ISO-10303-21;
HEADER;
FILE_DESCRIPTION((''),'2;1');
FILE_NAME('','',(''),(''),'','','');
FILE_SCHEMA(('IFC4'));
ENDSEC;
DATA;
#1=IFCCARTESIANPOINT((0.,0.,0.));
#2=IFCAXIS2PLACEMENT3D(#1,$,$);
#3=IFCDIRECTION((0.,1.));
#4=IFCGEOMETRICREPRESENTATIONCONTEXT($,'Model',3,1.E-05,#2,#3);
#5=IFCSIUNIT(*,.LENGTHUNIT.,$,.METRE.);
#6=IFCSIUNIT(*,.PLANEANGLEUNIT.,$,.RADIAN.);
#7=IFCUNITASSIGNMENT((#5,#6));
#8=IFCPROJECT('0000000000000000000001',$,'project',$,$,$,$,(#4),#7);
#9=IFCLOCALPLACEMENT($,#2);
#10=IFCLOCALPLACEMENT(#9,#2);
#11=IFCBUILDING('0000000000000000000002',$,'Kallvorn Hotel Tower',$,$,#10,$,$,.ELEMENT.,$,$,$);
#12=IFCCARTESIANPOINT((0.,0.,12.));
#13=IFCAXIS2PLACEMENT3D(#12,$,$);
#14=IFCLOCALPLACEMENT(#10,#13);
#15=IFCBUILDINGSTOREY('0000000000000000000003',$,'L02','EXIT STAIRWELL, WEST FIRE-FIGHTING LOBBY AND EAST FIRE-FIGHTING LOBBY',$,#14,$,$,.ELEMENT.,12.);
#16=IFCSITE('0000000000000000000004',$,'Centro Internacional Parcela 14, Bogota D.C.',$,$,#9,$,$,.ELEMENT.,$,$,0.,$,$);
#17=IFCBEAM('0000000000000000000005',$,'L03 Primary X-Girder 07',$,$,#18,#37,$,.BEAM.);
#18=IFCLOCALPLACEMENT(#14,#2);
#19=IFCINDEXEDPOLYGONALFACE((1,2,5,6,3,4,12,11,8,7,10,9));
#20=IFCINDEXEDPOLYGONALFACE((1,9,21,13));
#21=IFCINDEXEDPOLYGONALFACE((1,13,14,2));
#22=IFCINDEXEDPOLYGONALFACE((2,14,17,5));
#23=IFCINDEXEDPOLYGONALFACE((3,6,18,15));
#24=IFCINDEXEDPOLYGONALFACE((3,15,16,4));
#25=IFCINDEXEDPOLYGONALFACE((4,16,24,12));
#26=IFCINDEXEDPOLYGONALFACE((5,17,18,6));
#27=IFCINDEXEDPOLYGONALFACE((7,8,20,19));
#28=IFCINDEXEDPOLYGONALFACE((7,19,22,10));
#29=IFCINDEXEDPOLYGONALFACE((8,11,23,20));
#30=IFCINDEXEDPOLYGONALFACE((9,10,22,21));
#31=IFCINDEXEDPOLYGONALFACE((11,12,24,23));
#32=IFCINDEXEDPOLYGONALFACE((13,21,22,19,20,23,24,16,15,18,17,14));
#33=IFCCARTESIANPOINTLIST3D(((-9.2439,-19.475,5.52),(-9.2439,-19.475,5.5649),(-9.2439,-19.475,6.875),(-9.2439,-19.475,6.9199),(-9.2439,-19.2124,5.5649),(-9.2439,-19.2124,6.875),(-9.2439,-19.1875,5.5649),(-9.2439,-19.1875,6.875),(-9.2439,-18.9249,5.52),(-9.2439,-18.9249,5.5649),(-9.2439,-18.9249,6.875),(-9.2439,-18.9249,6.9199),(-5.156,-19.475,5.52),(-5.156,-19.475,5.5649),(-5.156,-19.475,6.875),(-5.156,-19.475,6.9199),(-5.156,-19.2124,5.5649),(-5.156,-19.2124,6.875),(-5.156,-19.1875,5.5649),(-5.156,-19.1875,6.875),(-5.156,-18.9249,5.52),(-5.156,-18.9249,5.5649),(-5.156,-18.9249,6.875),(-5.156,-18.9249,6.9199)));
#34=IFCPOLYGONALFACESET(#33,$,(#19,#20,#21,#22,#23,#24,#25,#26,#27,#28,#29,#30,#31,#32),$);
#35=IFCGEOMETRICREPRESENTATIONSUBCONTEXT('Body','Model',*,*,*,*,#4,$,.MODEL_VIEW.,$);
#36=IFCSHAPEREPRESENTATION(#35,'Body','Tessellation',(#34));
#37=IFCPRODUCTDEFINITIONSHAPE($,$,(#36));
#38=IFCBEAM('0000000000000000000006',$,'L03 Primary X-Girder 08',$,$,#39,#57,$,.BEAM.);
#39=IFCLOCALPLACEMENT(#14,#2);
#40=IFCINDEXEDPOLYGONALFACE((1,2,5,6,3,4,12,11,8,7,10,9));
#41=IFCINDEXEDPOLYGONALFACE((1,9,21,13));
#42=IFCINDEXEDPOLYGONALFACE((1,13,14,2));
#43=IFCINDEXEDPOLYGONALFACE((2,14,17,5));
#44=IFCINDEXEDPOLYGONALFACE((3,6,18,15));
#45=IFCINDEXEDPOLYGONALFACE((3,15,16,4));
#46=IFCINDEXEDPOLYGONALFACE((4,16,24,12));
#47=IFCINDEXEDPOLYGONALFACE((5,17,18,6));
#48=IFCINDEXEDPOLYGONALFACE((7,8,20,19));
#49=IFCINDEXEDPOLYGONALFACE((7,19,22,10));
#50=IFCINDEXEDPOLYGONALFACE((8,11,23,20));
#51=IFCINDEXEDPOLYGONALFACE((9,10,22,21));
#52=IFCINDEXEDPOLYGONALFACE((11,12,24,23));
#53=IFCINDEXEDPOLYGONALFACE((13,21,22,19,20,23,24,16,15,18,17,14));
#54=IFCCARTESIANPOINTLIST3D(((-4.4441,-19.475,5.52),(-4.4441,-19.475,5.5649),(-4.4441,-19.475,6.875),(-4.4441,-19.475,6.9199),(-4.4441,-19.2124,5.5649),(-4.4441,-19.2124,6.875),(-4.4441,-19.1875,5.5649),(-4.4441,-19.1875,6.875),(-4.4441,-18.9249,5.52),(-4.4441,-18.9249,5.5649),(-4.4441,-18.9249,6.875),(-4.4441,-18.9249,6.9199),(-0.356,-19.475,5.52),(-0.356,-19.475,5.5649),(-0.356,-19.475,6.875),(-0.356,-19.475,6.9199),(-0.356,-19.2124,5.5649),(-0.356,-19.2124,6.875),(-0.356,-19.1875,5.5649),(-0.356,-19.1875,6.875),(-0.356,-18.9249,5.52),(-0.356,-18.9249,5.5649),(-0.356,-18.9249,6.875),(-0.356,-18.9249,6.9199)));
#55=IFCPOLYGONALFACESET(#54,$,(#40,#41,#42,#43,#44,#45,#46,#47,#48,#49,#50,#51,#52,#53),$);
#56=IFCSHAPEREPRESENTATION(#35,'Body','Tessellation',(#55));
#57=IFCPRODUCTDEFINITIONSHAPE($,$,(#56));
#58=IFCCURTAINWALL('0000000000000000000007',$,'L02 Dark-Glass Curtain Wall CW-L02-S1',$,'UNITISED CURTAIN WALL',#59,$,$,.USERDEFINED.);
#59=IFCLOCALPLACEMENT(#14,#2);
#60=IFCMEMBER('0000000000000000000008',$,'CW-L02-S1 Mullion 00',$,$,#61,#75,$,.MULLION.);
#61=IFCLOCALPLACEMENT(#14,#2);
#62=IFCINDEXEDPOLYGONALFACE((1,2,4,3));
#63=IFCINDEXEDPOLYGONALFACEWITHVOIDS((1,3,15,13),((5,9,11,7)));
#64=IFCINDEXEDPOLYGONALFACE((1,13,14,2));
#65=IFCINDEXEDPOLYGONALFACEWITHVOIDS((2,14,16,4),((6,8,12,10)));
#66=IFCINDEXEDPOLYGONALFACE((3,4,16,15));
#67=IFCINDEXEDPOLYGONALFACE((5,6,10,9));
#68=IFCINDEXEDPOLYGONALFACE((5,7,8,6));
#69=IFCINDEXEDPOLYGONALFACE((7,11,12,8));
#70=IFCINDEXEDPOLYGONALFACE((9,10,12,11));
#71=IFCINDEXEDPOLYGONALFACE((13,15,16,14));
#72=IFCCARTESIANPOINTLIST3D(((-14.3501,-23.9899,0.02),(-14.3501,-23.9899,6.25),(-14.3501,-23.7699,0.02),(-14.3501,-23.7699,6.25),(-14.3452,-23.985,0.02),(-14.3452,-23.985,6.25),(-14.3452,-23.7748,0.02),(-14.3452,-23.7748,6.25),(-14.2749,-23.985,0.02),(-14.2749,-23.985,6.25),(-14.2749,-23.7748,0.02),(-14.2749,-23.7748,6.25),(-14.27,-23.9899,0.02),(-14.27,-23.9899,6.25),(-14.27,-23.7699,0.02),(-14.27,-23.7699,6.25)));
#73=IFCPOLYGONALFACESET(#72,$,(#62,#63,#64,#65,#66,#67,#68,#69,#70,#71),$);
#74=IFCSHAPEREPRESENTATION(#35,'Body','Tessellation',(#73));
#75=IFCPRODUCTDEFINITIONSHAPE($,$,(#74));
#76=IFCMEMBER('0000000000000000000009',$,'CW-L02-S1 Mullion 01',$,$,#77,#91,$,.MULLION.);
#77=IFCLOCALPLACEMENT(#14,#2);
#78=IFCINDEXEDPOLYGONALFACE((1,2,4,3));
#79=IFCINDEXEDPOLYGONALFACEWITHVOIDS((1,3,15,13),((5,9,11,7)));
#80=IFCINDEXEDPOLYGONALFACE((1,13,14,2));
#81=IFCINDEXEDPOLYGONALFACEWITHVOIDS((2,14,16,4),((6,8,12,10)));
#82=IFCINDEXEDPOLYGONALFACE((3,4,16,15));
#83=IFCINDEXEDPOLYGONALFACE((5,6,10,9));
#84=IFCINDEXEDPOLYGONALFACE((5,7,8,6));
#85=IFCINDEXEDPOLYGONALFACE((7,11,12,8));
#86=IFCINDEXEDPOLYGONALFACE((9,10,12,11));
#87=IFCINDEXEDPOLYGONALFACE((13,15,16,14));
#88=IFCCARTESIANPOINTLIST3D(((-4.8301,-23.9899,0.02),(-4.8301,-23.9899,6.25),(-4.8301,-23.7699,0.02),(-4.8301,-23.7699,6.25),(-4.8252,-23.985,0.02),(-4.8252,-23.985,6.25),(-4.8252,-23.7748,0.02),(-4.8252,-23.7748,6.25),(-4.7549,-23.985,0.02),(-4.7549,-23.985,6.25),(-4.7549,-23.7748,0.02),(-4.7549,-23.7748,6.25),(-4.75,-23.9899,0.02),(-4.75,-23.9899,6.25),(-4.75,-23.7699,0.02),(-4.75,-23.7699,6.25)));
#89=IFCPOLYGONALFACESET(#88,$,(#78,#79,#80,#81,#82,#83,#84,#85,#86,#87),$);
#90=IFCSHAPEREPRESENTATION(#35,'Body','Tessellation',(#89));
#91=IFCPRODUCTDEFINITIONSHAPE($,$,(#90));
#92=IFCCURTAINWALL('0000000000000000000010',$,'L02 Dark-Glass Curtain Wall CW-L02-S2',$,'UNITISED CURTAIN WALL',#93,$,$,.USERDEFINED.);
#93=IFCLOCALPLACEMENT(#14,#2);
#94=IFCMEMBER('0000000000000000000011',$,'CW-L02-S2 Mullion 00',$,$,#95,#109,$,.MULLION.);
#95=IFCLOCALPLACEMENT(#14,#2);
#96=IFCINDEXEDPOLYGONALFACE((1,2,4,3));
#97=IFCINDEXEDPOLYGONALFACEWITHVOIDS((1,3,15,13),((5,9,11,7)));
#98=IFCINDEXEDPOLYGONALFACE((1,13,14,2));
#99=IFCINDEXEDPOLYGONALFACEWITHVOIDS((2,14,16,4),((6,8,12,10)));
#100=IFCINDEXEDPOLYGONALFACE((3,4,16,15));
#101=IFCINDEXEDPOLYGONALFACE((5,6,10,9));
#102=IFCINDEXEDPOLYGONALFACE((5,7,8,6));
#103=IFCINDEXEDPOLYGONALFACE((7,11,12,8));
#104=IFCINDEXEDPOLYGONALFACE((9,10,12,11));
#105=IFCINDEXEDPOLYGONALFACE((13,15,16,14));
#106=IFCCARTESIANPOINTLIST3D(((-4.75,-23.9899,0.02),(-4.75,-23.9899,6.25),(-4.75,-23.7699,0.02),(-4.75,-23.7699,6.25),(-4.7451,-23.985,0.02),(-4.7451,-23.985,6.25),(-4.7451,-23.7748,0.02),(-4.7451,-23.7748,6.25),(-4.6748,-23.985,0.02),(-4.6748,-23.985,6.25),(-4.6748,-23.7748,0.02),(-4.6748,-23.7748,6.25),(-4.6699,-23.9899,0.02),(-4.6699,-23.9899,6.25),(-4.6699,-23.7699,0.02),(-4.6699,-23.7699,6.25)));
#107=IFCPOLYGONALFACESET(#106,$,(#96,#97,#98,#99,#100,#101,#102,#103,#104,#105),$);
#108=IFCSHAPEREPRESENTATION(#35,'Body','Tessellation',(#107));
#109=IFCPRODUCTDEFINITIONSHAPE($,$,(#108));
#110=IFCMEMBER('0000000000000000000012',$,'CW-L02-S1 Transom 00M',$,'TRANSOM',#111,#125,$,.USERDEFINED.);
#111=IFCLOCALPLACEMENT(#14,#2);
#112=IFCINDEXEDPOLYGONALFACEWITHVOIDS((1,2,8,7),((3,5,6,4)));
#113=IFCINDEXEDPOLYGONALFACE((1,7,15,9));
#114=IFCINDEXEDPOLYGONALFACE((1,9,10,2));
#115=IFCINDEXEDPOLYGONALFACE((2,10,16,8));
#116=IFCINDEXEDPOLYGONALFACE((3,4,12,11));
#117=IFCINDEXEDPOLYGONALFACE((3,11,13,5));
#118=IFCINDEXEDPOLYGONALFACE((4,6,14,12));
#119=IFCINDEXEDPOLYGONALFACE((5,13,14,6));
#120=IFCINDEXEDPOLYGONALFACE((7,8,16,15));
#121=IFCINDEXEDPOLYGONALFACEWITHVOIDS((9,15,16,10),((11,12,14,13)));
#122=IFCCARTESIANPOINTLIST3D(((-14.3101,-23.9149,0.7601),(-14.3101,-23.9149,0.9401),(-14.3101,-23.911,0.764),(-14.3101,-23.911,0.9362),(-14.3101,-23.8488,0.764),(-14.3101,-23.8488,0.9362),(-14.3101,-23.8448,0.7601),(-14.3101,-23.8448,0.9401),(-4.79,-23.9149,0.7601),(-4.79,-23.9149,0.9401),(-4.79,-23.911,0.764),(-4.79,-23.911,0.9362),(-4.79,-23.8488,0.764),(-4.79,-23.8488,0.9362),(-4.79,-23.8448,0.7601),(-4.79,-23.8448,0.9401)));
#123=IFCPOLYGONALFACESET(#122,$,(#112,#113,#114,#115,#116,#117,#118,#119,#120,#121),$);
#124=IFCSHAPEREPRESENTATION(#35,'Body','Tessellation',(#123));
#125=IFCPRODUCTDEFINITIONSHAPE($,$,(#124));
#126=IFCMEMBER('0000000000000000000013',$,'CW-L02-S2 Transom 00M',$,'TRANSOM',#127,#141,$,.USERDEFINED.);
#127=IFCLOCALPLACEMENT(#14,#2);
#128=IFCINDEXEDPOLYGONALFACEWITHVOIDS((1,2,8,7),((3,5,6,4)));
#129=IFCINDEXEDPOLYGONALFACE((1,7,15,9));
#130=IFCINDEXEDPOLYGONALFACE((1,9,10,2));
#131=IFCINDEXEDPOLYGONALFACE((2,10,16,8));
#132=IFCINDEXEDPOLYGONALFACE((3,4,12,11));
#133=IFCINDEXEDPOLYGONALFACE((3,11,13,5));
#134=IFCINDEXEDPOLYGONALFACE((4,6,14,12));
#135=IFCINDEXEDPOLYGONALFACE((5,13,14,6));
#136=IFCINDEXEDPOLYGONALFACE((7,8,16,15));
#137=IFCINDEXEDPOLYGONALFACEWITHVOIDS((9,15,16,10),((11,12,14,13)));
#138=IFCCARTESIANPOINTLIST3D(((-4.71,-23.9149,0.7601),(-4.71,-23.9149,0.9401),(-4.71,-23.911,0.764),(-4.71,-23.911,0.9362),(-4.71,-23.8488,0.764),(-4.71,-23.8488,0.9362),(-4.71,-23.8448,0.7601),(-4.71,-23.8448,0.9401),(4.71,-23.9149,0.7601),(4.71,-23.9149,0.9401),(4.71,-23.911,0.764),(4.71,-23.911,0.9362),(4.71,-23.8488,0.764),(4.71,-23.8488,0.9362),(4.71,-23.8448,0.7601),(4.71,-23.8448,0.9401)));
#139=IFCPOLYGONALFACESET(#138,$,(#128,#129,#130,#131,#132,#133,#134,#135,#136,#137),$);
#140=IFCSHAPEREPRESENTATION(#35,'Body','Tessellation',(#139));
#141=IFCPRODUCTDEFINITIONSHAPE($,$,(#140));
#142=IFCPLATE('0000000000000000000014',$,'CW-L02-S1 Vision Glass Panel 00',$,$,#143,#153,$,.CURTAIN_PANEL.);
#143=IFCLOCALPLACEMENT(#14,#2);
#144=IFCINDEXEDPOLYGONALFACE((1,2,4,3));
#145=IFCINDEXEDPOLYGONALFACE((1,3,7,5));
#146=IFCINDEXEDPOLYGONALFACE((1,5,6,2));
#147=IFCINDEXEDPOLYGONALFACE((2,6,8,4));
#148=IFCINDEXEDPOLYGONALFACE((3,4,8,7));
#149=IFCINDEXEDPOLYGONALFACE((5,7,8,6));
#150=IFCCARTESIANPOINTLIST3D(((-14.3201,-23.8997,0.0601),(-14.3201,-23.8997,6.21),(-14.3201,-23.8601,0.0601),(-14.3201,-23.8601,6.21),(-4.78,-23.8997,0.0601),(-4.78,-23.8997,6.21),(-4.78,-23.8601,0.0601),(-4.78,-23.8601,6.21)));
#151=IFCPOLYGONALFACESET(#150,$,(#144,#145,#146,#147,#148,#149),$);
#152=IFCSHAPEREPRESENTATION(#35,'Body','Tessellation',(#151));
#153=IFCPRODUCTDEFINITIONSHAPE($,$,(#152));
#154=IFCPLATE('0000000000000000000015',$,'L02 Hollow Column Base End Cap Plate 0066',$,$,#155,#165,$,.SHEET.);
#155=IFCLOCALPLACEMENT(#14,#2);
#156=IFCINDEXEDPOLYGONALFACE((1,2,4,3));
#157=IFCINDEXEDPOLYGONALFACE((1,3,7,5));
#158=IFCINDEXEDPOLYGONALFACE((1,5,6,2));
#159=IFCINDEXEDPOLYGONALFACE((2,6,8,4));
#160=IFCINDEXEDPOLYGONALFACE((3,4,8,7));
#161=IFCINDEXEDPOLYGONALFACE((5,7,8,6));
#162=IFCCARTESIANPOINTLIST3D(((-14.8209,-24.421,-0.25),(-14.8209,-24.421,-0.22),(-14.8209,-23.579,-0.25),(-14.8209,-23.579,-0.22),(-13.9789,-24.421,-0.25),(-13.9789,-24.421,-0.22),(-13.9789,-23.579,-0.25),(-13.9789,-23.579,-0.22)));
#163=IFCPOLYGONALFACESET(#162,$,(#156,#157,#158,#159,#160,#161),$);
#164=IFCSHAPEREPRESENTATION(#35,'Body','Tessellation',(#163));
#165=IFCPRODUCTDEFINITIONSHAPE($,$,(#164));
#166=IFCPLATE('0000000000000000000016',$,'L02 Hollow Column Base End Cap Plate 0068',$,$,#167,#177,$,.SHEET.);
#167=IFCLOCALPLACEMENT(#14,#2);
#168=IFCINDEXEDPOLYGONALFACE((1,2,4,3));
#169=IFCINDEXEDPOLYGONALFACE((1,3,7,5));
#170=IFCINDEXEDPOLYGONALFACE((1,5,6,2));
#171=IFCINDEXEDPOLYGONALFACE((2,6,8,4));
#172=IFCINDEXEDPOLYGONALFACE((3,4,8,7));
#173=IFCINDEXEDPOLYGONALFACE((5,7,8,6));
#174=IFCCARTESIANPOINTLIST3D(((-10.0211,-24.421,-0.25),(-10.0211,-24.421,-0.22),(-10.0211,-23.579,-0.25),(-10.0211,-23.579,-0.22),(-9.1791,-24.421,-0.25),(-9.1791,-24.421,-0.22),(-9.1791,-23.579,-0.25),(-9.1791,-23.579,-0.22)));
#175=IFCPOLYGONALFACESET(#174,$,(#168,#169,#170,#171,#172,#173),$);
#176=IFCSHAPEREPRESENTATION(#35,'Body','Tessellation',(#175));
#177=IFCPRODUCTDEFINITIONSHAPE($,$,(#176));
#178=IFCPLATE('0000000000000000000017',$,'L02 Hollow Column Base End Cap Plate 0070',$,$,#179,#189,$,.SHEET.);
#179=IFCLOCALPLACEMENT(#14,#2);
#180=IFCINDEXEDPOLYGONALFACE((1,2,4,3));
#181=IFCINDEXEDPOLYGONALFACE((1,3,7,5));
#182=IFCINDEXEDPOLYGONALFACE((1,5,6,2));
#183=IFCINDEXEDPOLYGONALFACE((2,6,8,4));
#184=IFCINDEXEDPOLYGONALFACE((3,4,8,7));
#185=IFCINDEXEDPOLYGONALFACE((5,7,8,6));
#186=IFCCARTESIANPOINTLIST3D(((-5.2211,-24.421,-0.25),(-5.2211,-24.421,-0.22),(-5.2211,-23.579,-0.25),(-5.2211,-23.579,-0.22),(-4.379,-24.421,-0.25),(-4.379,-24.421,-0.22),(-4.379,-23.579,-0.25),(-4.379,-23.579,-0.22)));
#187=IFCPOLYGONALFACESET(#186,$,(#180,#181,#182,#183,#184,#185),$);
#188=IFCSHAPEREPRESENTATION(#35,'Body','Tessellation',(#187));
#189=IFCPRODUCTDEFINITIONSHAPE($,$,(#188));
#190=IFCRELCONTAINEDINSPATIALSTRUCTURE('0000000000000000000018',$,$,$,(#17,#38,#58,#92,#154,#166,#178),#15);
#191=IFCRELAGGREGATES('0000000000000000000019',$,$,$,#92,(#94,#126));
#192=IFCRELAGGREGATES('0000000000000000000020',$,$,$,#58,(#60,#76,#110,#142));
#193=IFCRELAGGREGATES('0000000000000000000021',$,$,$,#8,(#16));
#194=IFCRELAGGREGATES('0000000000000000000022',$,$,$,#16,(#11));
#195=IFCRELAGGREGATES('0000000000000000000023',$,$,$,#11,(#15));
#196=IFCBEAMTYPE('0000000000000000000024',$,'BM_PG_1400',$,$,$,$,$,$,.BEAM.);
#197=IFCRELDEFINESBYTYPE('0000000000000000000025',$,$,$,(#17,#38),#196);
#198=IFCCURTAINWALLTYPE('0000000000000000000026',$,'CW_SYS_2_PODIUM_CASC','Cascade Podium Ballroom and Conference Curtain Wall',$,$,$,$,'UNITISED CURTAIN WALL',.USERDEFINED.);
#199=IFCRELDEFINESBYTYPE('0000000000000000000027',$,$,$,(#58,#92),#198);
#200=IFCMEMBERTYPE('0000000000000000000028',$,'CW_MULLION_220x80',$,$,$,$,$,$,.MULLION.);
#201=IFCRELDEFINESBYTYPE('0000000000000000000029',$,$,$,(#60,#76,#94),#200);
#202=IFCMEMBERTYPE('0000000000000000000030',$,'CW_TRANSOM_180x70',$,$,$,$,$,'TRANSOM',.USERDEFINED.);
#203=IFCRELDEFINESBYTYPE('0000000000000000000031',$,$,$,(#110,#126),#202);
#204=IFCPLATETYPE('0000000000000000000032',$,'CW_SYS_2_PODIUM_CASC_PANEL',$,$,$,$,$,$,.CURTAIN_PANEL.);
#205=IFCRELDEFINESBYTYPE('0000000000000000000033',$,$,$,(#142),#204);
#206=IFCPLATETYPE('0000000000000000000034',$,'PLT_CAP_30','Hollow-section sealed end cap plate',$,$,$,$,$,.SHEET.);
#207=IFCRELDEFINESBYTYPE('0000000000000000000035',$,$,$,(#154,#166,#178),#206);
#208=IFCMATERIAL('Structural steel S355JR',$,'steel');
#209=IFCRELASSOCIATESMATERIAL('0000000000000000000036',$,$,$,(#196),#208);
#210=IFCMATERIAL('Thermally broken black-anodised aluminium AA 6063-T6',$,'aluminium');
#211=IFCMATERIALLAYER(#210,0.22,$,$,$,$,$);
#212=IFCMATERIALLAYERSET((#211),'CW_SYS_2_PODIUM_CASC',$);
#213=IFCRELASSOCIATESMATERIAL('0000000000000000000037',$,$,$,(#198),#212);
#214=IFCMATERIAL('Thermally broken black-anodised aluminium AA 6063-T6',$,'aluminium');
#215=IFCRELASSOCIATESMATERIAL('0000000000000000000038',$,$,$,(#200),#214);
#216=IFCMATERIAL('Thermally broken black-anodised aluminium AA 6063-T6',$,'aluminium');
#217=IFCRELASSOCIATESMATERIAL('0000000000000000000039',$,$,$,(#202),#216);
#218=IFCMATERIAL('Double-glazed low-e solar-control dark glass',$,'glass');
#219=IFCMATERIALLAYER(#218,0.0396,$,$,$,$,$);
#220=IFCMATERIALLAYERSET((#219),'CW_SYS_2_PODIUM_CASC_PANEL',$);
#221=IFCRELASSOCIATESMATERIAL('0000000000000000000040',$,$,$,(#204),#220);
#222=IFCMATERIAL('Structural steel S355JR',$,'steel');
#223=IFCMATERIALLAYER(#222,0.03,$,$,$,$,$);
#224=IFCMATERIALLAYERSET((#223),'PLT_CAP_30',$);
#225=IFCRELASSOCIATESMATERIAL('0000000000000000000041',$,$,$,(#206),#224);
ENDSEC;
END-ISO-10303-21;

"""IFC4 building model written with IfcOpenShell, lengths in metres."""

from ifc_helpers import new_model, si_unit, direction, frame, origin, origin_2d, place, context, subcontext, project, spatial, rectangle, hollow_rectangle, i_section, extrude, material, layer, layer_set, material_profile, profile_set, type_object, element, aggregate, save


model = new_model("IFC4")

# Units and contexts
model_context = context("Model", 3, precision=1e-05, world=origin(), true_north=direction((0.0, 1.0)))
body_context = subcontext(model_context, "Body", "Model", "MODEL_VIEW")
ifc_project = project(units=[si_unit("LENGTHUNIT", "METRE"), si_unit("PLANEANGLEUNIT", "RADIAN")], contexts=[model_context])

# Site, building, storey
site_placement = place(None, origin())
site = spatial("IfcSite", under=ifc_project, at=site_placement, Name="Centro Internacional Parcela 14, Bogota D.C.", CompositionType="ELEMENT", RefElevation=0.0)
building_placement = place(site_placement, origin())
building = spatial("IfcBuilding", under=site, at=building_placement, Name="Kallvorn Hotel Tower", CompositionType="ELEMENT")
storey_placement = place(building_placement, frame((0.0, 0.0, 12.0)))
storey = spatial("IfcBuildingStorey", under=building, at=storey_placement, Name="L02", Description="EXIT STAIRWELL, WEST FIRE-FIGHTING LOBBY AND EAST FIRE-FIGHTING LOBBY", CompositionType="ELEMENT", Elevation=12.0)

# Beams
ifc_material_1 = material(Name="Structural steel S355JR", Category="steel")
ifc_material_profile_1 = material_profile(ifc_material_1, i_section(OverallWidth=0.55, OverallDepth=1.3999, WebThickness=0.0249, FlangeThickness=0.0449, at=origin_2d()), Name="PG 1400x550x25x45")
ifc_profile_set_1 = profile_set([ifc_material_profile_1], Name="Structural steel S355JR")
beam_type_1 = type_object("IfcBeamType", Name="BM_PG_1400", PredefinedType="BEAM", material=ifc_profile_set_1)
for number, where, z_axis, x_axis, name in (
    (1, (-9.2439, -19.2, 6.22), (1.0, 0.0, 0.0), (0.0, 1.0, 0.0), "L03 Primary X-Girder 07"),
):
    element("IfcBeam", number, at=place(storey_placement, frame(where, z_axis=z_axis, x_axis=x_axis)), inside=storey, type_object=beam_type_1, Name=name, PredefinedType="BEAM", context=body_context, shape_type="SweptSolid", body=[
        extrude(i_section(OverallWidth=0.55, OverallDepth=1.3999, WebThickness=0.0249, FlangeThickness=0.0449, at=origin_2d()), origin(), (0.0, 0.0, 1.0), 4.0879),
    ])
beam_1_placement = place(storey_placement, frame((-4.4441, -19.2, 6.22), z_axis=(1.0, 0.0, 0.0), x_axis=(0.0, 1.0, 0.0)))
element("IfcBeam", 2, at=beam_1_placement, inside=storey, type_object=beam_type_1, Name="L03 Primary X-Girder 08", PredefinedType="BEAM", context=body_context, shape_type="SweptSolid", body=[
    extrude(i_section(OverallWidth=0.55, OverallDepth=1.3999, WebThickness=0.0249, FlangeThickness=0.0449, at=origin_2d()), origin(), (0.0, 0.0, 1.0), 4.0881),
])

# Curtain wall, members
ifc_material_2 = material(Name="Thermally broken black-anodised aluminium AA 6063-T6", Category="aluminium")
ifc_layer_1 = layer(ifc_material_2, 0.22)
ifc_layer_set_1 = layer_set([ifc_layer_1], Name="CW_SYS_2_PODIUM_CASC")
curtain_wall_type = type_object("IfcCurtainWallType", Name="CW_SYS_2_PODIUM_CASC", Description="Cascade Podium Ballroom and Conference Curtain Wall", ElementType="UNITISED CURTAIN WALL", PredefinedType="USERDEFINED", material=ifc_layer_set_1)
curtain_wall_1_placement = place(storey_placement, origin())
curtain_wall_1 = element("IfcCurtainWall", 3, at=curtain_wall_1_placement, inside=storey, type_object=curtain_wall_type, Name="L02 Dark-Glass Curtain Wall CW-L02-S1", ObjectType="UNITISED CURTAIN WALL", PredefinedType="USERDEFINED")
ifc_material_3 = material(Name="Thermally broken black-anodised aluminium AA 6063-T6", Category="aluminium")
ifc_material_profile_2 = material_profile(ifc_material_3, hollow_rectangle(XDim=0.0801, YDim=0.22, WallThickness=0.0049, at=origin_2d()), Name="MUL 220x80")
ifc_profile_set_2 = profile_set([ifc_material_profile_2], Name="Thermally broken black-anodised aluminium AA 6063-T6")
member_type_1 = type_object("IfcMemberType", Name="CW_MULLION_220x80", PredefinedType="MULLION", material=ifc_profile_set_2)
member_1_placement = place(storey_placement, frame((-14.3101, -23.8799, 0.02), z_axis=(0.0, 0.0, 1.0), x_axis=(1.0, 0.0, 0.0)))
member_1 = element("IfcMember", 4, at=member_1_placement, type_object=member_type_1, Name="CW-L02-S1 Mullion 00", PredefinedType="MULLION", context=body_context, shape_type="SweptSolid", body=[
    extrude(hollow_rectangle(XDim=0.0801, YDim=0.22, WallThickness=0.0049, at=origin_2d()), origin(), (0.0, 0.0, 1.0), 6.23),
])
member_2_placement = place(storey_placement, frame((-4.79, -23.8799, 0.02), z_axis=(0.0, 0.0, 1.0), x_axis=(1.0, 0.0, 0.0)))
member_2 = element("IfcMember", 5, at=member_2_placement, type_object=member_type_1, Name="CW-L02-S1 Mullion 01", PredefinedType="MULLION", context=body_context, shape_type="SweptSolid", body=[
    extrude(hollow_rectangle(XDim=0.0801, YDim=0.22, WallThickness=0.0049, at=origin_2d()), origin(), (0.0, 0.0, 1.0), 6.23),
])

# Curtain wall, member
curtain_wall_2_placement = place(storey_placement, origin())
curtain_wall_2 = element("IfcCurtainWall", 6, at=curtain_wall_2_placement, inside=storey, type_object=curtain_wall_type, Name="L02 Dark-Glass Curtain Wall CW-L02-S2", ObjectType="UNITISED CURTAIN WALL", PredefinedType="USERDEFINED")
member_3_placement = place(storey_placement, frame((-4.71, -23.8799, 0.02), z_axis=(0.0, 0.0, 1.0), x_axis=(1.0, 0.0, 0.0)))
member_3 = element("IfcMember", 7, at=member_3_placement, type_object=member_type_1, Name="CW-L02-S2 Mullion 00", PredefinedType="MULLION", context=body_context, shape_type="SweptSolid", body=[
    extrude(hollow_rectangle(XDim=0.0801, YDim=0.22, WallThickness=0.0049, at=origin_2d()), origin(), (0.0, 0.0, 1.0), 6.23),
])

# Members
ifc_material_4 = material(Name="Thermally broken black-anodised aluminium AA 6063-T6", Category="aluminium")
ifc_material_profile_3 = material_profile(ifc_material_4, hollow_rectangle(XDim=0.0701, YDim=0.1799, WallThickness=0.0039, at=origin_2d()), Name="TRN 180x70")
ifc_profile_set_3 = profile_set([ifc_material_profile_3], Name="Thermally broken black-anodised aluminium AA 6063-T6")
member_type_2 = type_object("IfcMemberType", Name="CW_TRANSOM_180x70", ElementType="TRANSOM", PredefinedType="USERDEFINED", material=ifc_profile_set_3)
member_4_placement = place(storey_placement, frame((-14.3101, -23.8799, 0.8501), z_axis=(1.0, 0.0, 0.0), x_axis=(0.0, 1.0, 0.0)))
member_4 = element("IfcMember", 8, at=member_4_placement, type_object=member_type_2, Name="CW-L02-S1 Transom 00M", ObjectType="TRANSOM", PredefinedType="USERDEFINED", context=body_context, shape_type="SweptSolid", body=[
    extrude(hollow_rectangle(XDim=0.0701, YDim=0.1799, WallThickness=0.0039, at=origin_2d()), origin(), (0.0, 0.0, 1.0), 9.52),
])
member_5_placement = place(storey_placement, frame((-4.71, -23.8799, 0.8501), z_axis=(1.0, 0.0, 0.0), x_axis=(0.0, 1.0, 0.0)))
member_5 = element("IfcMember", 9, at=member_5_placement, type_object=member_type_2, Name="CW-L02-S2 Transom 00M", ObjectType="TRANSOM", PredefinedType="USERDEFINED", context=body_context, shape_type="SweptSolid", body=[
    extrude(hollow_rectangle(XDim=0.0701, YDim=0.1799, WallThickness=0.0039, at=origin_2d()), origin(), (0.0, 0.0, 1.0), 9.4199),
])
aggregate(curtain_wall_2, [member_3, member_5])

# Plate
ifc_material_5 = material(Name="Double-glazed low-e solar-control dark glass", Category="glass")
ifc_layer_2 = layer(ifc_material_5, 0.0396)
ifc_layer_set_2 = layer_set([ifc_layer_2], Name="CW_SYS_2_PODIUM_CASC_PANEL")
plate_type_1 = type_object("IfcPlateType", Name="CW_SYS_2_PODIUM_CASC_PANEL", PredefinedType="CURTAIN_PANEL", material=ifc_layer_set_2)
plate_placement = place(storey_placement, frame((-9.55, -23.8799, 0.0601), z_axis=(0.0, 0.0, 1.0), x_axis=(1.0, 0.0, 0.0)))
plate = element("IfcPlate", 10, at=plate_placement, type_object=plate_type_1, Name="CW-L02-S1 Vision Glass Panel 00", PredefinedType="CURTAIN_PANEL", context=body_context, shape_type="SweptSolid", body=[
    extrude(rectangle(XDim=9.54, YDim=0.0396, at=origin_2d()), origin(), (0.0, 0.0, 1.0), 6.1499),
])
aggregate(curtain_wall_1, [member_1, member_2, member_4, plate])

# Plates
ifc_material_6 = material(Name="Structural steel S355JR", Category="steel")
ifc_layer_3 = layer(ifc_material_6, 0.03)
ifc_layer_set_3 = layer_set([ifc_layer_3], Name="PLT_CAP_30")
plate_type_2 = type_object("IfcPlateType", Name="PLT_CAP_30", Description="Hollow-section sealed end cap plate", PredefinedType="SHEET", material=ifc_layer_set_3)
for number, where, z_axis, x_axis, name in (
    (11, (-14.3999, -24.0, -0.25), (0.0, 0.0, 1.0), (1.0, 0.0, 0.0), "L02 Hollow Column Base End Cap Plate 0066"),
    (12, (-9.6001, -24.0, -0.25), (0.0, 0.0, 1.0), (1.0, 0.0, 0.0), "L02 Hollow Column Base End Cap Plate 0068"),
    (13, (-4.8, -24.0, -0.25), (0.0, 0.0, 1.0), (1.0, 0.0, 0.0), "L02 Hollow Column Base End Cap Plate 0070"),
):
    element("IfcPlate", number, at=place(storey_placement, frame(where, z_axis=z_axis, x_axis=x_axis)), inside=storey, type_object=plate_type_2, Name=name, PredefinedType="SHEET", context=body_context, shape_type="SweptSolid", body=[
        extrude(rectangle(XDim=0.842, YDim=0.842, at=origin_2d()), origin(), (0.0, 0.0, 1.0), 0.03),
    ])

save(model, "model.ifc")
